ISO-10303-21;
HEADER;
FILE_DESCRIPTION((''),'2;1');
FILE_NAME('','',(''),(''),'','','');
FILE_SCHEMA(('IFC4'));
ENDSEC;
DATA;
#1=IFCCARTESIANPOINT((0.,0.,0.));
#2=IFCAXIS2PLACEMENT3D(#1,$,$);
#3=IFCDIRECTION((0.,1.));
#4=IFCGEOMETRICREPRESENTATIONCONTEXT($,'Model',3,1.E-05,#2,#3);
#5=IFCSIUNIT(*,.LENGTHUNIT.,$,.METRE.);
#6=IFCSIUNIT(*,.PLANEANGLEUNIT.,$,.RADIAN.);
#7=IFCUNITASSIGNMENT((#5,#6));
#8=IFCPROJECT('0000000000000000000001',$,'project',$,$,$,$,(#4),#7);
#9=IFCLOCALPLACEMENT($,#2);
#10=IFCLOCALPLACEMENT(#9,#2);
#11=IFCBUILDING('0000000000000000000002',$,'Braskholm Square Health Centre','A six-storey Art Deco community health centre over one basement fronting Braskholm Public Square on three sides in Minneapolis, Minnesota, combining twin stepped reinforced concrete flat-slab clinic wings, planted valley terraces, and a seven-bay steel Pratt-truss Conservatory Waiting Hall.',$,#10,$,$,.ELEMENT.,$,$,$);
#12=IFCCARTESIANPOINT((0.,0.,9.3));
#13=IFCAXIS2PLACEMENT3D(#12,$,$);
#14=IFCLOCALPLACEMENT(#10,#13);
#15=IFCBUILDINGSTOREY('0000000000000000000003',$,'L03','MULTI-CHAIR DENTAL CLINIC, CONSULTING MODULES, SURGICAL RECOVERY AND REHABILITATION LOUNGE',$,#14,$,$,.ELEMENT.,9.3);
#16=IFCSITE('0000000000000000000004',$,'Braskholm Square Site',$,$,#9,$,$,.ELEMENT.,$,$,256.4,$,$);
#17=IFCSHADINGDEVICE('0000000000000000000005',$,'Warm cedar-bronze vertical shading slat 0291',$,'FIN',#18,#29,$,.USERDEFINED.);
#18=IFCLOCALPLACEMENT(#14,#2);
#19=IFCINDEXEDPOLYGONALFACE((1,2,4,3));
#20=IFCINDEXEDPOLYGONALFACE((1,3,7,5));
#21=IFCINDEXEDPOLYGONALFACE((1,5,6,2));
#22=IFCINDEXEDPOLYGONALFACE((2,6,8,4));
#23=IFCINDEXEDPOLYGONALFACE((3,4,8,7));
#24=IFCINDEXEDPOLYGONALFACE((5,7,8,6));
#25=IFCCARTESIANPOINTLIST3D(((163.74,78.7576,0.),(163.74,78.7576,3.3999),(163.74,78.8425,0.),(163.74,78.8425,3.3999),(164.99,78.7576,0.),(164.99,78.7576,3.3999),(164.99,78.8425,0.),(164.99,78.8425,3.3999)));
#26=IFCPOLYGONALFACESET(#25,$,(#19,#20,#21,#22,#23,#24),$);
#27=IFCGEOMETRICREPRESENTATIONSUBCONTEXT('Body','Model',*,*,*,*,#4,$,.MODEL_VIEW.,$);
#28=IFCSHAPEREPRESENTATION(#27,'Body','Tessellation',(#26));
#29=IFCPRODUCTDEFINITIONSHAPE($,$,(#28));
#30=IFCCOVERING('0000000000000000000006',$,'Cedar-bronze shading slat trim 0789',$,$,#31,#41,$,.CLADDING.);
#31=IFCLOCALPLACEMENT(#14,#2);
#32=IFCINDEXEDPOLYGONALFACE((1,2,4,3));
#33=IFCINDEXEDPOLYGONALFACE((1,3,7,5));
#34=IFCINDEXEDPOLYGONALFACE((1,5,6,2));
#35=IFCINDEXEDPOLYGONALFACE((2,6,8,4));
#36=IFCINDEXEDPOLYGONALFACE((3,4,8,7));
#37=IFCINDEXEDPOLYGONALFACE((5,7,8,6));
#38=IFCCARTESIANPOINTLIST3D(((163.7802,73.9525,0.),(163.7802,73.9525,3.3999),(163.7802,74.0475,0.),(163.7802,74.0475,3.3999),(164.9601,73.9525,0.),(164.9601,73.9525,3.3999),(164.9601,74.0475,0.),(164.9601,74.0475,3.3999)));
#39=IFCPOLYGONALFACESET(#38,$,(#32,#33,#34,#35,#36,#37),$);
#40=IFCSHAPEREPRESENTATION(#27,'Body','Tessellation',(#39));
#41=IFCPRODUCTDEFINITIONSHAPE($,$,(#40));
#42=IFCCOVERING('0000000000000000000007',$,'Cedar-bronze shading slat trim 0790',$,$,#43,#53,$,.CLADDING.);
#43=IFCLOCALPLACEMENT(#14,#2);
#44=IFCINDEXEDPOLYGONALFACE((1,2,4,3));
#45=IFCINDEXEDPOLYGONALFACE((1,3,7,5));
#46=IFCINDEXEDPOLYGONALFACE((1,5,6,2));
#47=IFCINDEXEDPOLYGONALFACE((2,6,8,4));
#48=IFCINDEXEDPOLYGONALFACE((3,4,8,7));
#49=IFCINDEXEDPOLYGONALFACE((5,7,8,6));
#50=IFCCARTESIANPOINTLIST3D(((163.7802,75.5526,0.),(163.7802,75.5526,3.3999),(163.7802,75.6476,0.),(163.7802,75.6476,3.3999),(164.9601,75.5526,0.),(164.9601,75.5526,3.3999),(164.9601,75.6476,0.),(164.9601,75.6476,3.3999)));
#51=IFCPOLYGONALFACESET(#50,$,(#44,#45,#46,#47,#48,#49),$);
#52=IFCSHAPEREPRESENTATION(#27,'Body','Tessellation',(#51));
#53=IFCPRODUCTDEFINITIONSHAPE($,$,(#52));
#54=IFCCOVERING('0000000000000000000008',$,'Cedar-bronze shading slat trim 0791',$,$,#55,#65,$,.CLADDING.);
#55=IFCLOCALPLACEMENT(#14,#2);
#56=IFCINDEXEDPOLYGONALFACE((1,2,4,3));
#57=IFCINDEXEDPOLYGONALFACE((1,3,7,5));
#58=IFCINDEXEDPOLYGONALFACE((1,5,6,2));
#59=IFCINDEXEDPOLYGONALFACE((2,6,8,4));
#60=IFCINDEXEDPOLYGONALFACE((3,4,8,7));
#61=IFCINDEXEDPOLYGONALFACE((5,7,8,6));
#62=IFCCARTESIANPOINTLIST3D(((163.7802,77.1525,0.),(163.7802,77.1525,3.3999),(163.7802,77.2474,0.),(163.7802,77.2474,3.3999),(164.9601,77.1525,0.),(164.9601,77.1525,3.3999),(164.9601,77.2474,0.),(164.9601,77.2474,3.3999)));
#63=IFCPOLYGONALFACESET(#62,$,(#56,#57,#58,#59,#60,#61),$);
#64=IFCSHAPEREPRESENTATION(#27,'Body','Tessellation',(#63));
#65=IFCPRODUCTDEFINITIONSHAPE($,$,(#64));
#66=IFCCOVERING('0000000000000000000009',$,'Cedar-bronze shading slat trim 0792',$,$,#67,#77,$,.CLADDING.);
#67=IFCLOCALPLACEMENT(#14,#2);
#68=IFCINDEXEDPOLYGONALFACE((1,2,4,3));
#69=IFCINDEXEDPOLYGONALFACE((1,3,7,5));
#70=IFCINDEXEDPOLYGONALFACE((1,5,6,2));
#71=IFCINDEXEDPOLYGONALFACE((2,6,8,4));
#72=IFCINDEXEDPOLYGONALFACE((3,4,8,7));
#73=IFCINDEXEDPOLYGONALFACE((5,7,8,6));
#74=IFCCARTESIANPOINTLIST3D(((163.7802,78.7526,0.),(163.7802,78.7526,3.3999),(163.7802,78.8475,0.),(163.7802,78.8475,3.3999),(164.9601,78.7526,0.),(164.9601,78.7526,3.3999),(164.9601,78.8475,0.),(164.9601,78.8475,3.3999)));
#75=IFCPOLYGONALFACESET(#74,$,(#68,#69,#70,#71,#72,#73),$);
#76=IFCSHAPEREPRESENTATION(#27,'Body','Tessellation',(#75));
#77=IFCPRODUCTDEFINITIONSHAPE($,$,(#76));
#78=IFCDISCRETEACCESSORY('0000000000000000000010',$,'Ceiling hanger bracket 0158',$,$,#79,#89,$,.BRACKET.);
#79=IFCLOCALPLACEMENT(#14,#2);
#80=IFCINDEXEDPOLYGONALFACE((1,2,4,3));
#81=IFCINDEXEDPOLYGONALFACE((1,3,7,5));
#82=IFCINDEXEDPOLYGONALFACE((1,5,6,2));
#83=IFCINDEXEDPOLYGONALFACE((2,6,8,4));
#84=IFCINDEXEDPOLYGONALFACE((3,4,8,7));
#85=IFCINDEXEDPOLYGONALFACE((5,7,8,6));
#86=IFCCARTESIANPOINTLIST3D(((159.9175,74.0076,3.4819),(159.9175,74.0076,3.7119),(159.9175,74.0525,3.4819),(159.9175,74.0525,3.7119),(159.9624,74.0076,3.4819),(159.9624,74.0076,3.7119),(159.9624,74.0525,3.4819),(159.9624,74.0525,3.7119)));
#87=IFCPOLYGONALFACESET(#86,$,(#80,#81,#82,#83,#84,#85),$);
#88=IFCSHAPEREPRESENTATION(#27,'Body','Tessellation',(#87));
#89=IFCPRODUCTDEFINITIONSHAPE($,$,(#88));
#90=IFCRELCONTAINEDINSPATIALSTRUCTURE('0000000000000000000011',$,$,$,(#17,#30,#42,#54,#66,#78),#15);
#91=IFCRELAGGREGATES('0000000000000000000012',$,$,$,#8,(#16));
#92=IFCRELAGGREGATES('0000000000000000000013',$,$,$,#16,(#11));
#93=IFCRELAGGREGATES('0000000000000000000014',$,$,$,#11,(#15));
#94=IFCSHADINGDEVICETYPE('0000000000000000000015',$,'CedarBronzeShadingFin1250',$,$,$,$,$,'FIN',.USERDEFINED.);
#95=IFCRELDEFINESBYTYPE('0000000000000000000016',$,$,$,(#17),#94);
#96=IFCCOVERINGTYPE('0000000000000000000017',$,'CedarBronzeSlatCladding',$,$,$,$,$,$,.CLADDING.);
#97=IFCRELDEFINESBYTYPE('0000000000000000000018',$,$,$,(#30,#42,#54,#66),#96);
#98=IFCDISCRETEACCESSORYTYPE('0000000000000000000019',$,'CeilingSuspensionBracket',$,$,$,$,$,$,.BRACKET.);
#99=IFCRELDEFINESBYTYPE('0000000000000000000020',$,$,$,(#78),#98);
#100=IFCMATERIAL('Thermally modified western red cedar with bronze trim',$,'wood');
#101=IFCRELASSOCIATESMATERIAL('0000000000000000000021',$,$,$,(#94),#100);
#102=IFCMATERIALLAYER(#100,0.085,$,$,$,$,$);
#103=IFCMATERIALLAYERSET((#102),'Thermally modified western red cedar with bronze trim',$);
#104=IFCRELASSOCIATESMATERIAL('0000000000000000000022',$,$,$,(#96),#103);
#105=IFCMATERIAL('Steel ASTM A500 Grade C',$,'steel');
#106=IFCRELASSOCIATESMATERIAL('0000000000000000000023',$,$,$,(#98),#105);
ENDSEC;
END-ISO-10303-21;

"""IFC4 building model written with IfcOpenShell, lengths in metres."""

from ifc_helpers import new_model, si_unit, direction, frame, origin, origin_2d, place, context, subcontext, project, spatial, rectangle, extrude, material, layer, layer_set, type_object, element, save


model = new_model("IFC4")

# Units and contexts
model_context = context("Model", 3, precision=1e-05, world=origin(), true_north=direction((0.0, 1.0)))
body_context = subcontext(model_context, "Body", "Model", "MODEL_VIEW")
ifc_project = project(units=[si_unit("LENGTHUNIT", "METRE"), si_unit("PLANEANGLEUNIT", "RADIAN")], contexts=[model_context])

# Site, building, storey
site_placement = place(None, origin())
site = spatial("IfcSite", under=ifc_project, at=site_placement, Name="Braskholm Square Site", CompositionType="ELEMENT", RefElevation=256.4)
building_placement = place(site_placement, origin())
building = spatial("IfcBuilding", under=site, at=building_placement, Name="Braskholm Square Health Centre", Description="A six-storey Art Deco community health centre over one basement fronting Braskholm Public Square on three sides in Minneapolis, Minnesota, combining twin stepped reinforced concrete flat-slab clinic wings, planted valley terraces, and a seven-bay steel Pratt-truss Conservatory Waiting Hall.", CompositionType="ELEMENT")
storey_placement = place(building_placement, frame((0.0, 0.0, 9.3)))
storey = spatial("IfcBuildingStorey", under=building, at=storey_placement, Name="L03", Description="MULTI-CHAIR DENTAL CLINIC, CONSULTING MODULES, SURGICAL RECOVERY AND REHABILITATION LOUNGE", CompositionType="ELEMENT", Elevation=9.3)

# Shading device
ifc_material_1 = material(Name="Thermally modified western red cedar with bronze trim", Category="wood")
shading_device_type = type_object("IfcShadingDeviceType", Name="CedarBronzeShadingFin1250", ElementType="FIN", PredefinedType="USERDEFINED", material=ifc_material_1)
for number, where, z_axis, x_axis, name in (
    (1, (164.365, 78.8, 0.0), (0.0, 0.0, 1.0), (1.0, 0.0, 0.0), "Warm cedar-bronze vertical shading slat 0291"),
):
    element("IfcShadingDevice", number, at=place(storey_placement, frame(where, z_axis=z_axis, x_axis=x_axis)), inside=storey, type_object=shading_device_type, Name=name, ObjectType="FIN", PredefinedType="USERDEFINED", context=body_context, shape_type="SweptSolid", body=[
        extrude(rectangle(XDim=1.25, YDim=0.085, at=origin_2d()), origin(), (0.0, 0.0, 1.0), 3.3999),
    ])

# Coverings
ifc_layer_1 = layer(ifc_material_1, 0.085)
ifc_layer_set_1 = layer_set([ifc_layer_1], Name="Thermally modified western red cedar with bronze trim")
covering_type = type_object("IfcCoveringType", Name="CedarBronzeSlatCladding", PredefinedType="CLADDING", material=ifc_layer_set_1)
for number, where, z_axis, x_axis, name in (
    (2, (164.3701, 74.0, 0.0), (0.0, 0.0, 1.0), (1.0, 0.0, 0.0), "Cedar-bronze shading slat trim 0789"),
    (3, (164.3701, 75.6001, 0.0), (0.0, 0.0, 1.0), (1.0, 0.0, 0.0), "Cedar-bronze shading slat trim 0790"),
    (4, (164.3701, 77.2, 0.0), (0.0, 0.0, 1.0), (1.0, 0.0, 0.0), "Cedar-bronze shading slat trim 0791"),
    (5, (164.3701, 78.8, 0.0), (0.0, 0.0, 1.0), (1.0, 0.0, 0.0), "Cedar-bronze shading slat trim 0792"),
):
    element("IfcCovering", number, at=place(storey_placement, frame(where, z_axis=z_axis, x_axis=x_axis)), inside=storey, type_object=covering_type, Name=name, PredefinedType="CLADDING", context=body_context, shape_type="SweptSolid", body=[
        extrude(rectangle(XDim=1.1799, YDim=0.095, at=origin_2d()), origin(), (0.0, 0.0, 1.0), 3.3999),
    ])

# Discrete accessory
ifc_material_2 = material(Name="Steel ASTM A500 Grade C", Category="steel")
discrete_accessory_type = type_object("IfcDiscreteAccessoryType", Name="CeilingSuspensionBracket", PredefinedType="BRACKET", material=ifc_material_2)
discrete_accessory_placement = place(storey_placement, frame((159.9399, 74.03, 3.4819), z_axis=(0.0, 0.0, 1.0), x_axis=(1.0, 0.0, 0.0)))
element("IfcDiscreteAccessory", 6, at=discrete_accessory_placement, inside=storey, type_object=discrete_accessory_type, Name="Ceiling hanger bracket 0158", PredefinedType="BRACKET", context=body_context, shape_type="SweptSolid", body=[
    extrude(rectangle(XDim=0.0449, YDim=0.0449, at=origin_2d()), origin(), (0.0, 0.0, 1.0), 0.23),
])

save(model, "model.ifc")
